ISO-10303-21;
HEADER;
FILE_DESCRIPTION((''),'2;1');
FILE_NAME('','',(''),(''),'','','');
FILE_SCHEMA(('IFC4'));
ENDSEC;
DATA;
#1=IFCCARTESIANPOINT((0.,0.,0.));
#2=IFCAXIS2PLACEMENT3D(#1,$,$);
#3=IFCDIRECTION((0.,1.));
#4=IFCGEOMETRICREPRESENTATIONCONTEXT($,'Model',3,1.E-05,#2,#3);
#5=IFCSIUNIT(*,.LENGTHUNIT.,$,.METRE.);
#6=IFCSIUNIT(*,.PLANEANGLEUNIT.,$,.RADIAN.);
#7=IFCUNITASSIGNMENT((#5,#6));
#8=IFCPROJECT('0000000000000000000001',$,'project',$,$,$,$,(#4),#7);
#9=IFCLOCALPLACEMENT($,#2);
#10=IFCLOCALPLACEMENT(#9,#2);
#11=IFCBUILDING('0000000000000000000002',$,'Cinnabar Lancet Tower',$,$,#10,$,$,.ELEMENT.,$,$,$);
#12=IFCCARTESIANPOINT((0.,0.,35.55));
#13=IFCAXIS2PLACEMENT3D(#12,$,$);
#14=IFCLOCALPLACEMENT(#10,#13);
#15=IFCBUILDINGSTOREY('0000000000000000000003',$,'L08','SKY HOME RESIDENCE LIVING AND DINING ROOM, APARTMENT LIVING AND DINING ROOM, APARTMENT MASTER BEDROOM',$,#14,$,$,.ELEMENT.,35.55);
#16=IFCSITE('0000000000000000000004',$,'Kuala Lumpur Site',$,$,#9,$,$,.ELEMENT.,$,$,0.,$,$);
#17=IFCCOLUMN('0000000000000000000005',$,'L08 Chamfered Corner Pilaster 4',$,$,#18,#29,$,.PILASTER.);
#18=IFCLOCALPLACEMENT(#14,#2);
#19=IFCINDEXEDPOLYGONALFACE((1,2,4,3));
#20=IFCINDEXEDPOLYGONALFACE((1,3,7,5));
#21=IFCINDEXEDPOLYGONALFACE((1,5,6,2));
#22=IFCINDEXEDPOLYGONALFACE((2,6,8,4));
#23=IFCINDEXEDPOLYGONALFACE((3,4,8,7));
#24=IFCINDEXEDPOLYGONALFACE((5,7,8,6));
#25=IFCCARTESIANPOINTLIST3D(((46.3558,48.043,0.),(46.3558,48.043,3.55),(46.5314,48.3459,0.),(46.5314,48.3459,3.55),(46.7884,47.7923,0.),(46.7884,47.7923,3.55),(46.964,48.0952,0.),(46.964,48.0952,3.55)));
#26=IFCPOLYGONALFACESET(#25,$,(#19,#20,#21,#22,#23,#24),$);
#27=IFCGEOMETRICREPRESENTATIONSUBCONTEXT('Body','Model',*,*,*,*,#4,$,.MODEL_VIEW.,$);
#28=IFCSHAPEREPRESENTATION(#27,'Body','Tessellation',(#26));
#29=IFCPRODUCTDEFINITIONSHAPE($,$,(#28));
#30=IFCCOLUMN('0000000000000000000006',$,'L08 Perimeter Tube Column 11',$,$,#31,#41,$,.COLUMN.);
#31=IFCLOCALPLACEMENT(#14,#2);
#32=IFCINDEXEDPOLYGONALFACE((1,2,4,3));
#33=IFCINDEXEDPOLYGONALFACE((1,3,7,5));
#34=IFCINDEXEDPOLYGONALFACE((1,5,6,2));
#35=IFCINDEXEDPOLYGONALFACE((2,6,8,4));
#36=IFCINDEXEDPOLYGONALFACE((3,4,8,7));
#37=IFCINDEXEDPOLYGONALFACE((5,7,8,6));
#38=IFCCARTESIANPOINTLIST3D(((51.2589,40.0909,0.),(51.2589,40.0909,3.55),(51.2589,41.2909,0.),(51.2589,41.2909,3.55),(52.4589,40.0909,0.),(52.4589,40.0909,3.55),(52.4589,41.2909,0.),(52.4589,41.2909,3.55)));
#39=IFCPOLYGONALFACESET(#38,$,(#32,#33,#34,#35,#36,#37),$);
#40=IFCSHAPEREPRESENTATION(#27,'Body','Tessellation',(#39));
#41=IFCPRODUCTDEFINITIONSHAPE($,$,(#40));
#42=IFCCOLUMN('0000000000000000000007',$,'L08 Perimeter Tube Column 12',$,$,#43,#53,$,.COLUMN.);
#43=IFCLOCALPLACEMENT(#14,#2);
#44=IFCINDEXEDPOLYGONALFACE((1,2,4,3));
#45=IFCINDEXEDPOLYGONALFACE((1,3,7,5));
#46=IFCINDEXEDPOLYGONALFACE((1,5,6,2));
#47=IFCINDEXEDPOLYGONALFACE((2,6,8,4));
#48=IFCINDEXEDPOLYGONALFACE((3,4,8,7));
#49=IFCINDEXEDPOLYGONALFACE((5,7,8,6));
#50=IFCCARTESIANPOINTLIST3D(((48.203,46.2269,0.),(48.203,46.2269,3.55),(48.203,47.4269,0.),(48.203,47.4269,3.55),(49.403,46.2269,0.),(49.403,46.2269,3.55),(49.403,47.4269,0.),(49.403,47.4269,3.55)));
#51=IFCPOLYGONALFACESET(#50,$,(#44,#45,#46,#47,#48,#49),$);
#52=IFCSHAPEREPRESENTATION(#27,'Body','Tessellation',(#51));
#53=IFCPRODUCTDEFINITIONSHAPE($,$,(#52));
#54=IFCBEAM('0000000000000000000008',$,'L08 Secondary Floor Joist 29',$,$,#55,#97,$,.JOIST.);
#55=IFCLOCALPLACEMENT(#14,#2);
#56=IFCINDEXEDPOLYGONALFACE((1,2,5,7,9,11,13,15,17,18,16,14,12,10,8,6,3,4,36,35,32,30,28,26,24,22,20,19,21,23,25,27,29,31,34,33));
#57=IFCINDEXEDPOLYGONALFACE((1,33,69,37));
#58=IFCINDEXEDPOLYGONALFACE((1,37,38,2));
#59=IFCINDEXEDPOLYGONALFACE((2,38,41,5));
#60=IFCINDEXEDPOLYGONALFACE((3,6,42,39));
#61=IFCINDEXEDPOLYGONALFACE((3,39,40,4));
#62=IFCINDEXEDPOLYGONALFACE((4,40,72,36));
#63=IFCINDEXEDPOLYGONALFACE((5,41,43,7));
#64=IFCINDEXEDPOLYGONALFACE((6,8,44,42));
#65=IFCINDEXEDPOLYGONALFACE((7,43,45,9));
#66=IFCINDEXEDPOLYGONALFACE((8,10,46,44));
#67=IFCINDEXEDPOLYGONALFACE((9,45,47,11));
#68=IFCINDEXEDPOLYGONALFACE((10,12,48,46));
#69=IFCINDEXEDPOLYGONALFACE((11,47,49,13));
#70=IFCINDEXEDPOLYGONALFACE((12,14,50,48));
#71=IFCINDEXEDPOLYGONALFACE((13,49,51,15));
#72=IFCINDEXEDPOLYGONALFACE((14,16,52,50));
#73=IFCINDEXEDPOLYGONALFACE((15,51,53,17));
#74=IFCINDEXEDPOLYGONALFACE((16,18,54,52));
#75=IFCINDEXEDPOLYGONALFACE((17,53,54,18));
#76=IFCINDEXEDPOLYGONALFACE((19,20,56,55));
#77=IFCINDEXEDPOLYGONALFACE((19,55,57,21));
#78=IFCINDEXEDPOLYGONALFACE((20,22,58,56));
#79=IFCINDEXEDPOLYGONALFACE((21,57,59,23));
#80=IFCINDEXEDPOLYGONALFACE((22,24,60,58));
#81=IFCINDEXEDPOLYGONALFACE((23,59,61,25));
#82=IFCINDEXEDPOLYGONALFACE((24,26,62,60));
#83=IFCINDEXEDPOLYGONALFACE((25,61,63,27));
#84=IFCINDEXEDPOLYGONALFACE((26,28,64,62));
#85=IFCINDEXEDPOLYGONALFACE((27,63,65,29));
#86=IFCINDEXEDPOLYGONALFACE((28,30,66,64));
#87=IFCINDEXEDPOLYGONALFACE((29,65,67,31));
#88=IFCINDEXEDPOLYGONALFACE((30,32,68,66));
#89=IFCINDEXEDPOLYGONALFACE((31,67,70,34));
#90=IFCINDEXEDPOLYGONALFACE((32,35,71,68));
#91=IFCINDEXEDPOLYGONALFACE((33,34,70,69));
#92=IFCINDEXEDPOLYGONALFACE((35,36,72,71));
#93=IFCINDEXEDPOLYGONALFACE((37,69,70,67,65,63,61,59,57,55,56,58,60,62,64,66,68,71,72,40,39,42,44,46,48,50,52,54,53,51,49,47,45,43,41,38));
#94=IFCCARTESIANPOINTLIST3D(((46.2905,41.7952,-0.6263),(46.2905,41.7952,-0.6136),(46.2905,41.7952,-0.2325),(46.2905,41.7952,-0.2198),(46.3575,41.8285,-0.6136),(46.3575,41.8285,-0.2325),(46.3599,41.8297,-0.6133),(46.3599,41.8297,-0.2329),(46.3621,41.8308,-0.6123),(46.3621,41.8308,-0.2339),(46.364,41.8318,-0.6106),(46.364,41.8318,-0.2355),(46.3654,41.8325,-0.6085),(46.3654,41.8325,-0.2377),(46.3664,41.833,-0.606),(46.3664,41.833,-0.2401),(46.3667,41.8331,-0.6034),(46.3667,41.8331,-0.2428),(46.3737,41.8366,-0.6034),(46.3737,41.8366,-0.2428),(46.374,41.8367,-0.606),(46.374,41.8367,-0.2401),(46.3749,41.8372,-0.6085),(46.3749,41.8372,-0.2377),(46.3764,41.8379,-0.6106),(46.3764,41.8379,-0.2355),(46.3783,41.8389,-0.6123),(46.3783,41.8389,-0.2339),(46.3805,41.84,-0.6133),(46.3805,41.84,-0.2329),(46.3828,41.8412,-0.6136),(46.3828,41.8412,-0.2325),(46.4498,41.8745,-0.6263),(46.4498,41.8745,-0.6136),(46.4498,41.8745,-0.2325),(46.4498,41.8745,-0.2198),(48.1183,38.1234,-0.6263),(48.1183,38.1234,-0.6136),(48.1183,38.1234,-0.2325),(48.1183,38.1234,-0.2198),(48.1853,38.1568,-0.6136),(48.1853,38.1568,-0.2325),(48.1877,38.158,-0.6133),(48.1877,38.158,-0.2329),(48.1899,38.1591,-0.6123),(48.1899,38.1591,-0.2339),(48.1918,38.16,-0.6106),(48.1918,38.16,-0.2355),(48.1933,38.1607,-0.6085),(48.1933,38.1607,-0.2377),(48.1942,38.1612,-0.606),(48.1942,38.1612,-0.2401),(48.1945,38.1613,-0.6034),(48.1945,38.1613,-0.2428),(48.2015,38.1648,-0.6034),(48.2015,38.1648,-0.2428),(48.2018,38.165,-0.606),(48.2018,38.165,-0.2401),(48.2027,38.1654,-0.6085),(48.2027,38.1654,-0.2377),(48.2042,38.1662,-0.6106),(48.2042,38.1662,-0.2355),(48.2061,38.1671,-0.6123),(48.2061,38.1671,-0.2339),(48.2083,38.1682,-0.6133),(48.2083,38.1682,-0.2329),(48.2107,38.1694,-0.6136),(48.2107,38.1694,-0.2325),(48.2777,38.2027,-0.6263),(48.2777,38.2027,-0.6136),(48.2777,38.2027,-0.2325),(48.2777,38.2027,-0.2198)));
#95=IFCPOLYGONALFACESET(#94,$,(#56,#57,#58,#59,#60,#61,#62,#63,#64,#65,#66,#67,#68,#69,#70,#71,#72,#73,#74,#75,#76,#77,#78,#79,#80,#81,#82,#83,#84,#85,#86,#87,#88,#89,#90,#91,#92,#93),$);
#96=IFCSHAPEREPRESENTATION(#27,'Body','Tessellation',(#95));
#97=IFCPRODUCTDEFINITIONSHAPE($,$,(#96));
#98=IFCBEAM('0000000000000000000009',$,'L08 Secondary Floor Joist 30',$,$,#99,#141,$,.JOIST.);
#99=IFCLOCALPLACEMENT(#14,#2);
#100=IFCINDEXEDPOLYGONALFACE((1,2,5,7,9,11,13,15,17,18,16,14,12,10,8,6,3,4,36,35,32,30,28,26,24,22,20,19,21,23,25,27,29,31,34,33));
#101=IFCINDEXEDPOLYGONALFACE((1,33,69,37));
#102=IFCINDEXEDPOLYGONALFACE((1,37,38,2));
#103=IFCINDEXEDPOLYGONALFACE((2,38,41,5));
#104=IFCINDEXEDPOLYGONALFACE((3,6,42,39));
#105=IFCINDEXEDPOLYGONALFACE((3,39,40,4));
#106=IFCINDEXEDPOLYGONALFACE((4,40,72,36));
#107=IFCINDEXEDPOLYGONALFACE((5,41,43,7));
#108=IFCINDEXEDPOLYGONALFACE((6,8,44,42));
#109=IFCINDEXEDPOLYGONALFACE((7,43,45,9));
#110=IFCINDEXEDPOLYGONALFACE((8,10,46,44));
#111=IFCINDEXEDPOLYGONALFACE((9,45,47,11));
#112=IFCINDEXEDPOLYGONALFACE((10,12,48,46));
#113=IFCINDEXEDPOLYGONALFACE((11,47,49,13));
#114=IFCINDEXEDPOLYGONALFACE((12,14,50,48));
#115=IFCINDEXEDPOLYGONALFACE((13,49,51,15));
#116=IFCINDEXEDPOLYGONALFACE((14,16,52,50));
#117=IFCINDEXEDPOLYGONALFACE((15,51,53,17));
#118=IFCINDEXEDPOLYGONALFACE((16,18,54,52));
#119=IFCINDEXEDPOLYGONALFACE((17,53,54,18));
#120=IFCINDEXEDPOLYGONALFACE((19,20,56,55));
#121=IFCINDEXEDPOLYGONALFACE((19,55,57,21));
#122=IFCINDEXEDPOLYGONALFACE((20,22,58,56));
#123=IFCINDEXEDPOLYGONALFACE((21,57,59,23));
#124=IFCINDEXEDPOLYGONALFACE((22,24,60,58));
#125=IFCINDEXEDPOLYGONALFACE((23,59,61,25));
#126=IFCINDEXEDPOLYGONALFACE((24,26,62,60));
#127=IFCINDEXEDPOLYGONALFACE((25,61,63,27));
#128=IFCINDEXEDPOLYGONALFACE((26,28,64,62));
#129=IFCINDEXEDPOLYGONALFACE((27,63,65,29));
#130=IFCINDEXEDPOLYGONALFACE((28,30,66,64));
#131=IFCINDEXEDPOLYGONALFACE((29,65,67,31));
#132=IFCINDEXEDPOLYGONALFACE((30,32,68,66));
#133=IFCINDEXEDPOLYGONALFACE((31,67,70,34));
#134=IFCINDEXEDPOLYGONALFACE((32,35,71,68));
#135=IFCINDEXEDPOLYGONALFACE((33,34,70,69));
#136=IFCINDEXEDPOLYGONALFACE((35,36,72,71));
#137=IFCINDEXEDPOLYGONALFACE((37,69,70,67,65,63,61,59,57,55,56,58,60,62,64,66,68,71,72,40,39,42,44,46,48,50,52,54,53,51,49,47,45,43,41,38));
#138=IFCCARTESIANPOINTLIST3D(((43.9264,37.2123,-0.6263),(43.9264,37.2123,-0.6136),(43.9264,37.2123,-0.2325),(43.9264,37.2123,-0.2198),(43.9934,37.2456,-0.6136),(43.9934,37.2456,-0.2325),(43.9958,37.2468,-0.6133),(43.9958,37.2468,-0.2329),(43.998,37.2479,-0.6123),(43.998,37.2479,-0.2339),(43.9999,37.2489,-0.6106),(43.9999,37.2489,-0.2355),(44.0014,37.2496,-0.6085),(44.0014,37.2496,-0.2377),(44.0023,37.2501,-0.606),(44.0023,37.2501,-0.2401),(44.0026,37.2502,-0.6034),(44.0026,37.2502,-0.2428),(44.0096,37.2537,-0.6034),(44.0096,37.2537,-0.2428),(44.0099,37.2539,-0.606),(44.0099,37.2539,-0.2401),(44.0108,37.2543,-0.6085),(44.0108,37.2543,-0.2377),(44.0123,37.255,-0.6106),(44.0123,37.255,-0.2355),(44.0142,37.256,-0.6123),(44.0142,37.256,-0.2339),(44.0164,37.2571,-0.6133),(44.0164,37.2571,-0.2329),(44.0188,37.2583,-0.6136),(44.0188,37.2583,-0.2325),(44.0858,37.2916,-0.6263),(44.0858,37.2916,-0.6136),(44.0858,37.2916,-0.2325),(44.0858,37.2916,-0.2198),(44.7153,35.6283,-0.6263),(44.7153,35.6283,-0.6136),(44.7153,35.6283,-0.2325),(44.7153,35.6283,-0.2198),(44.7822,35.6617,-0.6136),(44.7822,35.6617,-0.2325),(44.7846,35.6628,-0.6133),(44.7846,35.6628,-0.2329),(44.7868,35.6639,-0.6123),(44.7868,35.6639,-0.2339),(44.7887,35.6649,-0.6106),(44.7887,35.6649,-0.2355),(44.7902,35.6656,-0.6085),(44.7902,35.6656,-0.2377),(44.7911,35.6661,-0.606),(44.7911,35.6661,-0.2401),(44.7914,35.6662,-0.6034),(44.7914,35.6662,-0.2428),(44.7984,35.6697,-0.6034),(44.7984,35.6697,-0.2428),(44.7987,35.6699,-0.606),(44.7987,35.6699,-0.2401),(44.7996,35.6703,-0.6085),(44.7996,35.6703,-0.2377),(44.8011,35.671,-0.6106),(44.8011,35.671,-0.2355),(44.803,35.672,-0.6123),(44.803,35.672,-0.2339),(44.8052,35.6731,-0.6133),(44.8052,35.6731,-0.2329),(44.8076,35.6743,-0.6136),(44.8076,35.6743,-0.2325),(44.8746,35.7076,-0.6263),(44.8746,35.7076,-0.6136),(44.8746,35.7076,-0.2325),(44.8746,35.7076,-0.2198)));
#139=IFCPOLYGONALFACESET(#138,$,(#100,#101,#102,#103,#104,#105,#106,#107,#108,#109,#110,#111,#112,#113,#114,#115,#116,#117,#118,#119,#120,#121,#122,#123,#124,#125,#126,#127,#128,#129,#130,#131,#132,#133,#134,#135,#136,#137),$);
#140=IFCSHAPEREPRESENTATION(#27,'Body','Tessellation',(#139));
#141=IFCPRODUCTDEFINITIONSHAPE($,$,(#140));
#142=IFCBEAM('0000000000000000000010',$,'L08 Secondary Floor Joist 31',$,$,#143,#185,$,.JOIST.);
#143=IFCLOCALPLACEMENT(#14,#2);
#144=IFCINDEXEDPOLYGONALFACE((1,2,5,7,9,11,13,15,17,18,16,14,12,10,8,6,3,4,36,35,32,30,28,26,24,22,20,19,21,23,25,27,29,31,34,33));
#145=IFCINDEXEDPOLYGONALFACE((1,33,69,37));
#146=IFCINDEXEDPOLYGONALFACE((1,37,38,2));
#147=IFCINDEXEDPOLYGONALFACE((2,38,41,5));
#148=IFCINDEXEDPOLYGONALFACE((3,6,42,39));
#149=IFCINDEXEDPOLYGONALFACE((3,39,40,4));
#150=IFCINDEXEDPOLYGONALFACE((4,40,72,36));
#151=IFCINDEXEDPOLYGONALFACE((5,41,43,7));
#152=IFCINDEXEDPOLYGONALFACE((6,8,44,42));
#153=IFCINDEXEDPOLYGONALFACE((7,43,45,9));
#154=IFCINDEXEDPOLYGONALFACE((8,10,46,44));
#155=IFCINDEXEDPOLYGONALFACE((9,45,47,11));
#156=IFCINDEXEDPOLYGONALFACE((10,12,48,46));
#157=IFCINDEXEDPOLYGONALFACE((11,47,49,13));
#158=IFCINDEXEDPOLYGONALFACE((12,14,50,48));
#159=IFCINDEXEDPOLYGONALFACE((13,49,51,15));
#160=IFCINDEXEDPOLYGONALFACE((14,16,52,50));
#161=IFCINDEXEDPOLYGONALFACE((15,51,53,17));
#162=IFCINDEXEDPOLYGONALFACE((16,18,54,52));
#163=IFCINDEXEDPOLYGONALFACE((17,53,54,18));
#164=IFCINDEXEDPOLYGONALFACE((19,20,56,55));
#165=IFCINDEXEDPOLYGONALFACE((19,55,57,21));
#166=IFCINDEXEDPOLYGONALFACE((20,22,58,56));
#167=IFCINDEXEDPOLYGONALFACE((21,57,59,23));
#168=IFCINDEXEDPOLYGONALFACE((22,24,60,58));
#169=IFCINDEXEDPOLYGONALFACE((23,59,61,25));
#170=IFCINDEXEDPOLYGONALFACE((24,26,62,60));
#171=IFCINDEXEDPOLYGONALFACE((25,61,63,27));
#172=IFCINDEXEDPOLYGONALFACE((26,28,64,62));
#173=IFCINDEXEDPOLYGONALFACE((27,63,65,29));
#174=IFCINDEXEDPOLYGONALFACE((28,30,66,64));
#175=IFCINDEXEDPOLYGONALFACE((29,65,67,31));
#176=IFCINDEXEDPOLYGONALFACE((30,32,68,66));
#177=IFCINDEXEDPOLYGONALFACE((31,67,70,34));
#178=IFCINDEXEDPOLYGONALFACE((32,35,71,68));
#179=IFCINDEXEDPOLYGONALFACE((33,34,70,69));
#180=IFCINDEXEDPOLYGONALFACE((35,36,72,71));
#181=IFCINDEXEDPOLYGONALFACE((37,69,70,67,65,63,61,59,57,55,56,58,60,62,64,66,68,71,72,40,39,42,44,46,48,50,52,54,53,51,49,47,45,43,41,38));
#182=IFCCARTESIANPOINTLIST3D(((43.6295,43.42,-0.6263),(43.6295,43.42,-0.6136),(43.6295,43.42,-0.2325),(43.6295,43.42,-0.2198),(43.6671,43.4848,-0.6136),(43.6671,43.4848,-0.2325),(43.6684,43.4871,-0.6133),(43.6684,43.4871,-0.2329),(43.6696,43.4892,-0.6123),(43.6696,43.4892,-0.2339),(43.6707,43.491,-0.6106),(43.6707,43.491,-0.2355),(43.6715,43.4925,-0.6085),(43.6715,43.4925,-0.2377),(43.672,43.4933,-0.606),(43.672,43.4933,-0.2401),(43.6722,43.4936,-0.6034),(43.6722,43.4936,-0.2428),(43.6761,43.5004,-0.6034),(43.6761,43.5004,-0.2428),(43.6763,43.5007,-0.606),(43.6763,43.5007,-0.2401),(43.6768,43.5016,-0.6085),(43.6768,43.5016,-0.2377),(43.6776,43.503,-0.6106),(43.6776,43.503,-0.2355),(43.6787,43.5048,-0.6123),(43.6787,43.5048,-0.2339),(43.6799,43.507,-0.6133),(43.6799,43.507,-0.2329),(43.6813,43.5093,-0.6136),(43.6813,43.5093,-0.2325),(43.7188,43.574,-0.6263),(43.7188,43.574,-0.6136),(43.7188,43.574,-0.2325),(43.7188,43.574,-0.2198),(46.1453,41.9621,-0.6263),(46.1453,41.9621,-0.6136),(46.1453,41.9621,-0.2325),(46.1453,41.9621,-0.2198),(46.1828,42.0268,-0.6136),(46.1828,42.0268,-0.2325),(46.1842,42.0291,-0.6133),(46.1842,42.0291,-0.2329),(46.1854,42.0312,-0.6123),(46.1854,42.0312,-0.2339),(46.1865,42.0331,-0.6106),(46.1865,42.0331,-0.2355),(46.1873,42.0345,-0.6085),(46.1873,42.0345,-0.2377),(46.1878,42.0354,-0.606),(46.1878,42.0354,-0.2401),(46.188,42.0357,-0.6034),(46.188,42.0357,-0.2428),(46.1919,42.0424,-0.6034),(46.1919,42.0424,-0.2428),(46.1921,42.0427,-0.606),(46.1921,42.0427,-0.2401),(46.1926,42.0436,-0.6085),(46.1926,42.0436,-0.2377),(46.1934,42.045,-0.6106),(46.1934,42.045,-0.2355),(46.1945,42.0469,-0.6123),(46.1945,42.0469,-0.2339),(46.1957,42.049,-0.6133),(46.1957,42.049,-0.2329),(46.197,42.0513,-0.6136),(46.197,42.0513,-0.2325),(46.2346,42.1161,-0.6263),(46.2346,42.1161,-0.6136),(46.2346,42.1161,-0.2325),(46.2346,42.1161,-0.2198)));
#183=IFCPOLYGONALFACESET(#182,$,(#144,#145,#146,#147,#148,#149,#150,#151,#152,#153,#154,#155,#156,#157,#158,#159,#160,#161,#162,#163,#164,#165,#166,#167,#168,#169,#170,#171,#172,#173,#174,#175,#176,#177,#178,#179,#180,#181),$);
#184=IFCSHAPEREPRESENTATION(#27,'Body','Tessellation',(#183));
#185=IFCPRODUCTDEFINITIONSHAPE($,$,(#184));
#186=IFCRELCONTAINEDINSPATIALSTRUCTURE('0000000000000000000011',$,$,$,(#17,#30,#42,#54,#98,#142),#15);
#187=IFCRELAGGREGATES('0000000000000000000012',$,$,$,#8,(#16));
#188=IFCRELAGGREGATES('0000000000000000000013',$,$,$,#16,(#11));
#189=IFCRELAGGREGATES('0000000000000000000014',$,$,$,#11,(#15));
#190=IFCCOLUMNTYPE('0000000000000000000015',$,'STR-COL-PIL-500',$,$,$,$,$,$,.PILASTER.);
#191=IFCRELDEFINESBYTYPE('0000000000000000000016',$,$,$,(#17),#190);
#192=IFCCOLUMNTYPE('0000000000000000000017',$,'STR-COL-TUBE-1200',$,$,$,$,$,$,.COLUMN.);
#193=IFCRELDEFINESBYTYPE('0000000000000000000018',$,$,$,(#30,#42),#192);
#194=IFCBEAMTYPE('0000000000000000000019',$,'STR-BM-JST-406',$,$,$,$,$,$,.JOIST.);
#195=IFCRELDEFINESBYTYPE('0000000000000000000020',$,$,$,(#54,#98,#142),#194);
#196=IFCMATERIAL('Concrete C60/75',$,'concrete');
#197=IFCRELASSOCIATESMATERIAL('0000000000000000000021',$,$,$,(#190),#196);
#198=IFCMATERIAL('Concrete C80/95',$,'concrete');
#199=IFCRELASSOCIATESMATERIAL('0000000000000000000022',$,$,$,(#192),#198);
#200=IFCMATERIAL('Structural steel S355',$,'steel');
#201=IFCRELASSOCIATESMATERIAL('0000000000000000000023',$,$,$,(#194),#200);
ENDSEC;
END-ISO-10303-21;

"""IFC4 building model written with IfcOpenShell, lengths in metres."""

from ifc_helpers import new_model, si_unit, direction, frame, origin, origin_2d, place, context, subcontext, project, spatial, rectangle, i_section, extrude, material, material_profile, profile_set, type_object, element, save


model = new_model("IFC4")

# Units and contexts
model_context = context("Model", 3, precision=1e-05, world=origin(), true_north=direction((0.0, 1.0)))
body_context = subcontext(model_context, "Body", "Model", "MODEL_VIEW")
ifc_project = project(units=[si_unit("LENGTHUNIT", "METRE"), si_unit("PLANEANGLEUNIT", "RADIAN")], contexts=[model_context])

# Site, building, storey
site_placement = place(None, origin())
site = spatial("IfcSite", under=ifc_project, at=site_placement, Name="Kuala Lumpur Site", CompositionType="ELEMENT", RefElevation=0.0)
building_placement = place(site_placement, origin())
building = spatial("IfcBuilding", under=site, at=building_placement, Name="Cinnabar Lancet Tower", CompositionType="ELEMENT")
storey_placement = place(building_placement, frame((0.0, 0.0, 35.55)))
storey = spatial("IfcBuildingStorey", under=building, at=storey_placement, Name="L08", Description="SKY HOME RESIDENCE LIVING AND DINING ROOM, APARTMENT LIVING AND DINING ROOM, APARTMENT MASTER BEDROOM", CompositionType="ELEMENT", Elevation=35.55)

# Columns
ifc_material_1 = material(Name="Concrete C60/75", Category="concrete")
ifc_material_profile_1 = material_profile(ifc_material_1, rectangle(XDim=0.5, YDim=0.3501, at=origin_2d()), Name="RC-PIL 500x350")
ifc_profile_set_1 = profile_set([ifc_material_profile_1], Name="Concrete C60/75")
column_type_1 = type_object("IfcColumnType", Name="STR-COL-PIL-500", PredefinedType="PILASTER", material=ifc_profile_set_1)
column_placement = place(storey_placement, frame((46.6599, 48.0691, 0.0), z_axis=(0.0, 0.0, 1.0), x_axis=(-0.865195, 0.501435, 0.0)))
element("IfcColumn", 1, at=column_placement, inside=storey, type_object=column_type_1, Name="L08 Chamfered Corner Pilaster 4", PredefinedType="PILASTER", context=body_context, shape_type="SweptSolid", body=[
    extrude(rectangle(XDim=0.5, YDim=0.3501, at=origin_2d()), origin(), (0.0, 0.0, 1.0), 3.55),
])
ifc_material_2 = material(Name="Concrete C80/95", Category="concrete")
ifc_material_profile_2 = material_profile(ifc_material_2, rectangle(XDim=1.2, YDim=1.2, at=origin_2d()), Name="RC-COL 1200x1200")
ifc_profile_set_2 = profile_set([ifc_material_profile_2], Name="Concrete C80/95")
column_type_2 = type_object("IfcColumnType", Name="STR-COL-TUBE-1200", PredefinedType="COLUMN", material=ifc_profile_set_2)
for number, where, z_axis, x_axis, name in (
    (2, (51.8589, 40.6909, 0.0), (0.0, 0.0, 1.0), (1.0, 0.0, 0.0), "L08 Perimeter Tube Column 11"),
    (3, (48.803, 46.8269, 0.0), (0.0, 0.0, 1.0), (1.0, 0.0, 0.0), "L08 Perimeter Tube Column 12"),
):
    element("IfcColumn", number, at=place(storey_placement, frame(where, z_axis=z_axis, x_axis=x_axis)), inside=storey, type_object=column_type_2, Name=name, PredefinedType="COLUMN", context=body_context, shape_type="SweptSolid", body=[
        extrude(rectangle(XDim=1.2, YDim=1.2, at=origin_2d()), origin(), (0.0, 0.0, 1.0), 3.55),
    ])

# Beams
ifc_material_3 = material(Name="Structural steel S355", Category="steel")
ifc_material_profile_3 = material_profile(ifc_material_3, i_section(OverallWidth=0.178, OverallDepth=0.4065, WebThickness=0.0078, FlangeThickness=0.0127, FilletRadius=0.0103, at=origin_2d()), Name="UKB 406x178x60")
ifc_profile_set_3 = profile_set([ifc_material_profile_3], Name="Structural steel S355")
beam_type_1 = type_object("IfcBeamType", Name="STR-BM-JST-406", PredefinedType="JOIST", material=ifc_profile_set_3)
beam_1_placement = place(storey_placement, frame((48.198, 38.1631, -0.4231), z_axis=(-0.445642, 0.895212, 0.0), x_axis=(-0.895212, -0.445642, 0.0)))
element("IfcBeam", 4, at=beam_1_placement, inside=storey, type_object=beam_type_1, Name="L08 Secondary Floor Joist 29", PredefinedType="JOIST", context=body_context, shape_type="SweptSolid", body=[
    extrude(i_section(OverallWidth=0.178, OverallDepth=0.4065, WebThickness=0.0078, FlangeThickness=0.0127, FilletRadius=0.0103, at=origin_2d()), origin(), (0.0, 0.0, 1.0), 4.1016),
])
beam_2_placement = place(storey_placement, frame((44.7949, 35.668, -0.4231), z_axis=(-0.445778, 0.895143, 0.0), x_axis=(-0.895143, -0.445778, 0.0)))
element("IfcBeam", 5, at=beam_2_placement, inside=storey, type_object=beam_type_1, Name="L08 Secondary Floor Joist 30", PredefinedType="JOIST", context=body_context, shape_type="SweptSolid", body=[
    extrude(i_section(OverallWidth=0.178, OverallDepth=0.4065, WebThickness=0.0078, FlangeThickness=0.0127, FilletRadius=0.0103, at=origin_2d()), origin(), (0.0, 0.0, 1.0), 1.7695),
])
beam_3_placement = place(storey_placement, frame((46.1899, 42.0391, -0.4231), z_axis=(-0.86521, 0.50141, 0.0), x_axis=(-0.50141, -0.86521, 0.0)))
element("IfcBeam", 6, at=beam_3_placement, inside=storey, type_object=beam_type_1, Name="L08 Secondary Floor Joist 31", PredefinedType="JOIST", context=body_context, shape_type="SweptSolid", body=[
    extrude(i_section(OverallWidth=0.178, OverallDepth=0.4065, WebThickness=0.0078, FlangeThickness=0.0127, FilletRadius=0.0103, at=origin_2d()), origin(), (0.0, 0.0, 1.0), 2.9077),
])

save(model, "model.ifc")
